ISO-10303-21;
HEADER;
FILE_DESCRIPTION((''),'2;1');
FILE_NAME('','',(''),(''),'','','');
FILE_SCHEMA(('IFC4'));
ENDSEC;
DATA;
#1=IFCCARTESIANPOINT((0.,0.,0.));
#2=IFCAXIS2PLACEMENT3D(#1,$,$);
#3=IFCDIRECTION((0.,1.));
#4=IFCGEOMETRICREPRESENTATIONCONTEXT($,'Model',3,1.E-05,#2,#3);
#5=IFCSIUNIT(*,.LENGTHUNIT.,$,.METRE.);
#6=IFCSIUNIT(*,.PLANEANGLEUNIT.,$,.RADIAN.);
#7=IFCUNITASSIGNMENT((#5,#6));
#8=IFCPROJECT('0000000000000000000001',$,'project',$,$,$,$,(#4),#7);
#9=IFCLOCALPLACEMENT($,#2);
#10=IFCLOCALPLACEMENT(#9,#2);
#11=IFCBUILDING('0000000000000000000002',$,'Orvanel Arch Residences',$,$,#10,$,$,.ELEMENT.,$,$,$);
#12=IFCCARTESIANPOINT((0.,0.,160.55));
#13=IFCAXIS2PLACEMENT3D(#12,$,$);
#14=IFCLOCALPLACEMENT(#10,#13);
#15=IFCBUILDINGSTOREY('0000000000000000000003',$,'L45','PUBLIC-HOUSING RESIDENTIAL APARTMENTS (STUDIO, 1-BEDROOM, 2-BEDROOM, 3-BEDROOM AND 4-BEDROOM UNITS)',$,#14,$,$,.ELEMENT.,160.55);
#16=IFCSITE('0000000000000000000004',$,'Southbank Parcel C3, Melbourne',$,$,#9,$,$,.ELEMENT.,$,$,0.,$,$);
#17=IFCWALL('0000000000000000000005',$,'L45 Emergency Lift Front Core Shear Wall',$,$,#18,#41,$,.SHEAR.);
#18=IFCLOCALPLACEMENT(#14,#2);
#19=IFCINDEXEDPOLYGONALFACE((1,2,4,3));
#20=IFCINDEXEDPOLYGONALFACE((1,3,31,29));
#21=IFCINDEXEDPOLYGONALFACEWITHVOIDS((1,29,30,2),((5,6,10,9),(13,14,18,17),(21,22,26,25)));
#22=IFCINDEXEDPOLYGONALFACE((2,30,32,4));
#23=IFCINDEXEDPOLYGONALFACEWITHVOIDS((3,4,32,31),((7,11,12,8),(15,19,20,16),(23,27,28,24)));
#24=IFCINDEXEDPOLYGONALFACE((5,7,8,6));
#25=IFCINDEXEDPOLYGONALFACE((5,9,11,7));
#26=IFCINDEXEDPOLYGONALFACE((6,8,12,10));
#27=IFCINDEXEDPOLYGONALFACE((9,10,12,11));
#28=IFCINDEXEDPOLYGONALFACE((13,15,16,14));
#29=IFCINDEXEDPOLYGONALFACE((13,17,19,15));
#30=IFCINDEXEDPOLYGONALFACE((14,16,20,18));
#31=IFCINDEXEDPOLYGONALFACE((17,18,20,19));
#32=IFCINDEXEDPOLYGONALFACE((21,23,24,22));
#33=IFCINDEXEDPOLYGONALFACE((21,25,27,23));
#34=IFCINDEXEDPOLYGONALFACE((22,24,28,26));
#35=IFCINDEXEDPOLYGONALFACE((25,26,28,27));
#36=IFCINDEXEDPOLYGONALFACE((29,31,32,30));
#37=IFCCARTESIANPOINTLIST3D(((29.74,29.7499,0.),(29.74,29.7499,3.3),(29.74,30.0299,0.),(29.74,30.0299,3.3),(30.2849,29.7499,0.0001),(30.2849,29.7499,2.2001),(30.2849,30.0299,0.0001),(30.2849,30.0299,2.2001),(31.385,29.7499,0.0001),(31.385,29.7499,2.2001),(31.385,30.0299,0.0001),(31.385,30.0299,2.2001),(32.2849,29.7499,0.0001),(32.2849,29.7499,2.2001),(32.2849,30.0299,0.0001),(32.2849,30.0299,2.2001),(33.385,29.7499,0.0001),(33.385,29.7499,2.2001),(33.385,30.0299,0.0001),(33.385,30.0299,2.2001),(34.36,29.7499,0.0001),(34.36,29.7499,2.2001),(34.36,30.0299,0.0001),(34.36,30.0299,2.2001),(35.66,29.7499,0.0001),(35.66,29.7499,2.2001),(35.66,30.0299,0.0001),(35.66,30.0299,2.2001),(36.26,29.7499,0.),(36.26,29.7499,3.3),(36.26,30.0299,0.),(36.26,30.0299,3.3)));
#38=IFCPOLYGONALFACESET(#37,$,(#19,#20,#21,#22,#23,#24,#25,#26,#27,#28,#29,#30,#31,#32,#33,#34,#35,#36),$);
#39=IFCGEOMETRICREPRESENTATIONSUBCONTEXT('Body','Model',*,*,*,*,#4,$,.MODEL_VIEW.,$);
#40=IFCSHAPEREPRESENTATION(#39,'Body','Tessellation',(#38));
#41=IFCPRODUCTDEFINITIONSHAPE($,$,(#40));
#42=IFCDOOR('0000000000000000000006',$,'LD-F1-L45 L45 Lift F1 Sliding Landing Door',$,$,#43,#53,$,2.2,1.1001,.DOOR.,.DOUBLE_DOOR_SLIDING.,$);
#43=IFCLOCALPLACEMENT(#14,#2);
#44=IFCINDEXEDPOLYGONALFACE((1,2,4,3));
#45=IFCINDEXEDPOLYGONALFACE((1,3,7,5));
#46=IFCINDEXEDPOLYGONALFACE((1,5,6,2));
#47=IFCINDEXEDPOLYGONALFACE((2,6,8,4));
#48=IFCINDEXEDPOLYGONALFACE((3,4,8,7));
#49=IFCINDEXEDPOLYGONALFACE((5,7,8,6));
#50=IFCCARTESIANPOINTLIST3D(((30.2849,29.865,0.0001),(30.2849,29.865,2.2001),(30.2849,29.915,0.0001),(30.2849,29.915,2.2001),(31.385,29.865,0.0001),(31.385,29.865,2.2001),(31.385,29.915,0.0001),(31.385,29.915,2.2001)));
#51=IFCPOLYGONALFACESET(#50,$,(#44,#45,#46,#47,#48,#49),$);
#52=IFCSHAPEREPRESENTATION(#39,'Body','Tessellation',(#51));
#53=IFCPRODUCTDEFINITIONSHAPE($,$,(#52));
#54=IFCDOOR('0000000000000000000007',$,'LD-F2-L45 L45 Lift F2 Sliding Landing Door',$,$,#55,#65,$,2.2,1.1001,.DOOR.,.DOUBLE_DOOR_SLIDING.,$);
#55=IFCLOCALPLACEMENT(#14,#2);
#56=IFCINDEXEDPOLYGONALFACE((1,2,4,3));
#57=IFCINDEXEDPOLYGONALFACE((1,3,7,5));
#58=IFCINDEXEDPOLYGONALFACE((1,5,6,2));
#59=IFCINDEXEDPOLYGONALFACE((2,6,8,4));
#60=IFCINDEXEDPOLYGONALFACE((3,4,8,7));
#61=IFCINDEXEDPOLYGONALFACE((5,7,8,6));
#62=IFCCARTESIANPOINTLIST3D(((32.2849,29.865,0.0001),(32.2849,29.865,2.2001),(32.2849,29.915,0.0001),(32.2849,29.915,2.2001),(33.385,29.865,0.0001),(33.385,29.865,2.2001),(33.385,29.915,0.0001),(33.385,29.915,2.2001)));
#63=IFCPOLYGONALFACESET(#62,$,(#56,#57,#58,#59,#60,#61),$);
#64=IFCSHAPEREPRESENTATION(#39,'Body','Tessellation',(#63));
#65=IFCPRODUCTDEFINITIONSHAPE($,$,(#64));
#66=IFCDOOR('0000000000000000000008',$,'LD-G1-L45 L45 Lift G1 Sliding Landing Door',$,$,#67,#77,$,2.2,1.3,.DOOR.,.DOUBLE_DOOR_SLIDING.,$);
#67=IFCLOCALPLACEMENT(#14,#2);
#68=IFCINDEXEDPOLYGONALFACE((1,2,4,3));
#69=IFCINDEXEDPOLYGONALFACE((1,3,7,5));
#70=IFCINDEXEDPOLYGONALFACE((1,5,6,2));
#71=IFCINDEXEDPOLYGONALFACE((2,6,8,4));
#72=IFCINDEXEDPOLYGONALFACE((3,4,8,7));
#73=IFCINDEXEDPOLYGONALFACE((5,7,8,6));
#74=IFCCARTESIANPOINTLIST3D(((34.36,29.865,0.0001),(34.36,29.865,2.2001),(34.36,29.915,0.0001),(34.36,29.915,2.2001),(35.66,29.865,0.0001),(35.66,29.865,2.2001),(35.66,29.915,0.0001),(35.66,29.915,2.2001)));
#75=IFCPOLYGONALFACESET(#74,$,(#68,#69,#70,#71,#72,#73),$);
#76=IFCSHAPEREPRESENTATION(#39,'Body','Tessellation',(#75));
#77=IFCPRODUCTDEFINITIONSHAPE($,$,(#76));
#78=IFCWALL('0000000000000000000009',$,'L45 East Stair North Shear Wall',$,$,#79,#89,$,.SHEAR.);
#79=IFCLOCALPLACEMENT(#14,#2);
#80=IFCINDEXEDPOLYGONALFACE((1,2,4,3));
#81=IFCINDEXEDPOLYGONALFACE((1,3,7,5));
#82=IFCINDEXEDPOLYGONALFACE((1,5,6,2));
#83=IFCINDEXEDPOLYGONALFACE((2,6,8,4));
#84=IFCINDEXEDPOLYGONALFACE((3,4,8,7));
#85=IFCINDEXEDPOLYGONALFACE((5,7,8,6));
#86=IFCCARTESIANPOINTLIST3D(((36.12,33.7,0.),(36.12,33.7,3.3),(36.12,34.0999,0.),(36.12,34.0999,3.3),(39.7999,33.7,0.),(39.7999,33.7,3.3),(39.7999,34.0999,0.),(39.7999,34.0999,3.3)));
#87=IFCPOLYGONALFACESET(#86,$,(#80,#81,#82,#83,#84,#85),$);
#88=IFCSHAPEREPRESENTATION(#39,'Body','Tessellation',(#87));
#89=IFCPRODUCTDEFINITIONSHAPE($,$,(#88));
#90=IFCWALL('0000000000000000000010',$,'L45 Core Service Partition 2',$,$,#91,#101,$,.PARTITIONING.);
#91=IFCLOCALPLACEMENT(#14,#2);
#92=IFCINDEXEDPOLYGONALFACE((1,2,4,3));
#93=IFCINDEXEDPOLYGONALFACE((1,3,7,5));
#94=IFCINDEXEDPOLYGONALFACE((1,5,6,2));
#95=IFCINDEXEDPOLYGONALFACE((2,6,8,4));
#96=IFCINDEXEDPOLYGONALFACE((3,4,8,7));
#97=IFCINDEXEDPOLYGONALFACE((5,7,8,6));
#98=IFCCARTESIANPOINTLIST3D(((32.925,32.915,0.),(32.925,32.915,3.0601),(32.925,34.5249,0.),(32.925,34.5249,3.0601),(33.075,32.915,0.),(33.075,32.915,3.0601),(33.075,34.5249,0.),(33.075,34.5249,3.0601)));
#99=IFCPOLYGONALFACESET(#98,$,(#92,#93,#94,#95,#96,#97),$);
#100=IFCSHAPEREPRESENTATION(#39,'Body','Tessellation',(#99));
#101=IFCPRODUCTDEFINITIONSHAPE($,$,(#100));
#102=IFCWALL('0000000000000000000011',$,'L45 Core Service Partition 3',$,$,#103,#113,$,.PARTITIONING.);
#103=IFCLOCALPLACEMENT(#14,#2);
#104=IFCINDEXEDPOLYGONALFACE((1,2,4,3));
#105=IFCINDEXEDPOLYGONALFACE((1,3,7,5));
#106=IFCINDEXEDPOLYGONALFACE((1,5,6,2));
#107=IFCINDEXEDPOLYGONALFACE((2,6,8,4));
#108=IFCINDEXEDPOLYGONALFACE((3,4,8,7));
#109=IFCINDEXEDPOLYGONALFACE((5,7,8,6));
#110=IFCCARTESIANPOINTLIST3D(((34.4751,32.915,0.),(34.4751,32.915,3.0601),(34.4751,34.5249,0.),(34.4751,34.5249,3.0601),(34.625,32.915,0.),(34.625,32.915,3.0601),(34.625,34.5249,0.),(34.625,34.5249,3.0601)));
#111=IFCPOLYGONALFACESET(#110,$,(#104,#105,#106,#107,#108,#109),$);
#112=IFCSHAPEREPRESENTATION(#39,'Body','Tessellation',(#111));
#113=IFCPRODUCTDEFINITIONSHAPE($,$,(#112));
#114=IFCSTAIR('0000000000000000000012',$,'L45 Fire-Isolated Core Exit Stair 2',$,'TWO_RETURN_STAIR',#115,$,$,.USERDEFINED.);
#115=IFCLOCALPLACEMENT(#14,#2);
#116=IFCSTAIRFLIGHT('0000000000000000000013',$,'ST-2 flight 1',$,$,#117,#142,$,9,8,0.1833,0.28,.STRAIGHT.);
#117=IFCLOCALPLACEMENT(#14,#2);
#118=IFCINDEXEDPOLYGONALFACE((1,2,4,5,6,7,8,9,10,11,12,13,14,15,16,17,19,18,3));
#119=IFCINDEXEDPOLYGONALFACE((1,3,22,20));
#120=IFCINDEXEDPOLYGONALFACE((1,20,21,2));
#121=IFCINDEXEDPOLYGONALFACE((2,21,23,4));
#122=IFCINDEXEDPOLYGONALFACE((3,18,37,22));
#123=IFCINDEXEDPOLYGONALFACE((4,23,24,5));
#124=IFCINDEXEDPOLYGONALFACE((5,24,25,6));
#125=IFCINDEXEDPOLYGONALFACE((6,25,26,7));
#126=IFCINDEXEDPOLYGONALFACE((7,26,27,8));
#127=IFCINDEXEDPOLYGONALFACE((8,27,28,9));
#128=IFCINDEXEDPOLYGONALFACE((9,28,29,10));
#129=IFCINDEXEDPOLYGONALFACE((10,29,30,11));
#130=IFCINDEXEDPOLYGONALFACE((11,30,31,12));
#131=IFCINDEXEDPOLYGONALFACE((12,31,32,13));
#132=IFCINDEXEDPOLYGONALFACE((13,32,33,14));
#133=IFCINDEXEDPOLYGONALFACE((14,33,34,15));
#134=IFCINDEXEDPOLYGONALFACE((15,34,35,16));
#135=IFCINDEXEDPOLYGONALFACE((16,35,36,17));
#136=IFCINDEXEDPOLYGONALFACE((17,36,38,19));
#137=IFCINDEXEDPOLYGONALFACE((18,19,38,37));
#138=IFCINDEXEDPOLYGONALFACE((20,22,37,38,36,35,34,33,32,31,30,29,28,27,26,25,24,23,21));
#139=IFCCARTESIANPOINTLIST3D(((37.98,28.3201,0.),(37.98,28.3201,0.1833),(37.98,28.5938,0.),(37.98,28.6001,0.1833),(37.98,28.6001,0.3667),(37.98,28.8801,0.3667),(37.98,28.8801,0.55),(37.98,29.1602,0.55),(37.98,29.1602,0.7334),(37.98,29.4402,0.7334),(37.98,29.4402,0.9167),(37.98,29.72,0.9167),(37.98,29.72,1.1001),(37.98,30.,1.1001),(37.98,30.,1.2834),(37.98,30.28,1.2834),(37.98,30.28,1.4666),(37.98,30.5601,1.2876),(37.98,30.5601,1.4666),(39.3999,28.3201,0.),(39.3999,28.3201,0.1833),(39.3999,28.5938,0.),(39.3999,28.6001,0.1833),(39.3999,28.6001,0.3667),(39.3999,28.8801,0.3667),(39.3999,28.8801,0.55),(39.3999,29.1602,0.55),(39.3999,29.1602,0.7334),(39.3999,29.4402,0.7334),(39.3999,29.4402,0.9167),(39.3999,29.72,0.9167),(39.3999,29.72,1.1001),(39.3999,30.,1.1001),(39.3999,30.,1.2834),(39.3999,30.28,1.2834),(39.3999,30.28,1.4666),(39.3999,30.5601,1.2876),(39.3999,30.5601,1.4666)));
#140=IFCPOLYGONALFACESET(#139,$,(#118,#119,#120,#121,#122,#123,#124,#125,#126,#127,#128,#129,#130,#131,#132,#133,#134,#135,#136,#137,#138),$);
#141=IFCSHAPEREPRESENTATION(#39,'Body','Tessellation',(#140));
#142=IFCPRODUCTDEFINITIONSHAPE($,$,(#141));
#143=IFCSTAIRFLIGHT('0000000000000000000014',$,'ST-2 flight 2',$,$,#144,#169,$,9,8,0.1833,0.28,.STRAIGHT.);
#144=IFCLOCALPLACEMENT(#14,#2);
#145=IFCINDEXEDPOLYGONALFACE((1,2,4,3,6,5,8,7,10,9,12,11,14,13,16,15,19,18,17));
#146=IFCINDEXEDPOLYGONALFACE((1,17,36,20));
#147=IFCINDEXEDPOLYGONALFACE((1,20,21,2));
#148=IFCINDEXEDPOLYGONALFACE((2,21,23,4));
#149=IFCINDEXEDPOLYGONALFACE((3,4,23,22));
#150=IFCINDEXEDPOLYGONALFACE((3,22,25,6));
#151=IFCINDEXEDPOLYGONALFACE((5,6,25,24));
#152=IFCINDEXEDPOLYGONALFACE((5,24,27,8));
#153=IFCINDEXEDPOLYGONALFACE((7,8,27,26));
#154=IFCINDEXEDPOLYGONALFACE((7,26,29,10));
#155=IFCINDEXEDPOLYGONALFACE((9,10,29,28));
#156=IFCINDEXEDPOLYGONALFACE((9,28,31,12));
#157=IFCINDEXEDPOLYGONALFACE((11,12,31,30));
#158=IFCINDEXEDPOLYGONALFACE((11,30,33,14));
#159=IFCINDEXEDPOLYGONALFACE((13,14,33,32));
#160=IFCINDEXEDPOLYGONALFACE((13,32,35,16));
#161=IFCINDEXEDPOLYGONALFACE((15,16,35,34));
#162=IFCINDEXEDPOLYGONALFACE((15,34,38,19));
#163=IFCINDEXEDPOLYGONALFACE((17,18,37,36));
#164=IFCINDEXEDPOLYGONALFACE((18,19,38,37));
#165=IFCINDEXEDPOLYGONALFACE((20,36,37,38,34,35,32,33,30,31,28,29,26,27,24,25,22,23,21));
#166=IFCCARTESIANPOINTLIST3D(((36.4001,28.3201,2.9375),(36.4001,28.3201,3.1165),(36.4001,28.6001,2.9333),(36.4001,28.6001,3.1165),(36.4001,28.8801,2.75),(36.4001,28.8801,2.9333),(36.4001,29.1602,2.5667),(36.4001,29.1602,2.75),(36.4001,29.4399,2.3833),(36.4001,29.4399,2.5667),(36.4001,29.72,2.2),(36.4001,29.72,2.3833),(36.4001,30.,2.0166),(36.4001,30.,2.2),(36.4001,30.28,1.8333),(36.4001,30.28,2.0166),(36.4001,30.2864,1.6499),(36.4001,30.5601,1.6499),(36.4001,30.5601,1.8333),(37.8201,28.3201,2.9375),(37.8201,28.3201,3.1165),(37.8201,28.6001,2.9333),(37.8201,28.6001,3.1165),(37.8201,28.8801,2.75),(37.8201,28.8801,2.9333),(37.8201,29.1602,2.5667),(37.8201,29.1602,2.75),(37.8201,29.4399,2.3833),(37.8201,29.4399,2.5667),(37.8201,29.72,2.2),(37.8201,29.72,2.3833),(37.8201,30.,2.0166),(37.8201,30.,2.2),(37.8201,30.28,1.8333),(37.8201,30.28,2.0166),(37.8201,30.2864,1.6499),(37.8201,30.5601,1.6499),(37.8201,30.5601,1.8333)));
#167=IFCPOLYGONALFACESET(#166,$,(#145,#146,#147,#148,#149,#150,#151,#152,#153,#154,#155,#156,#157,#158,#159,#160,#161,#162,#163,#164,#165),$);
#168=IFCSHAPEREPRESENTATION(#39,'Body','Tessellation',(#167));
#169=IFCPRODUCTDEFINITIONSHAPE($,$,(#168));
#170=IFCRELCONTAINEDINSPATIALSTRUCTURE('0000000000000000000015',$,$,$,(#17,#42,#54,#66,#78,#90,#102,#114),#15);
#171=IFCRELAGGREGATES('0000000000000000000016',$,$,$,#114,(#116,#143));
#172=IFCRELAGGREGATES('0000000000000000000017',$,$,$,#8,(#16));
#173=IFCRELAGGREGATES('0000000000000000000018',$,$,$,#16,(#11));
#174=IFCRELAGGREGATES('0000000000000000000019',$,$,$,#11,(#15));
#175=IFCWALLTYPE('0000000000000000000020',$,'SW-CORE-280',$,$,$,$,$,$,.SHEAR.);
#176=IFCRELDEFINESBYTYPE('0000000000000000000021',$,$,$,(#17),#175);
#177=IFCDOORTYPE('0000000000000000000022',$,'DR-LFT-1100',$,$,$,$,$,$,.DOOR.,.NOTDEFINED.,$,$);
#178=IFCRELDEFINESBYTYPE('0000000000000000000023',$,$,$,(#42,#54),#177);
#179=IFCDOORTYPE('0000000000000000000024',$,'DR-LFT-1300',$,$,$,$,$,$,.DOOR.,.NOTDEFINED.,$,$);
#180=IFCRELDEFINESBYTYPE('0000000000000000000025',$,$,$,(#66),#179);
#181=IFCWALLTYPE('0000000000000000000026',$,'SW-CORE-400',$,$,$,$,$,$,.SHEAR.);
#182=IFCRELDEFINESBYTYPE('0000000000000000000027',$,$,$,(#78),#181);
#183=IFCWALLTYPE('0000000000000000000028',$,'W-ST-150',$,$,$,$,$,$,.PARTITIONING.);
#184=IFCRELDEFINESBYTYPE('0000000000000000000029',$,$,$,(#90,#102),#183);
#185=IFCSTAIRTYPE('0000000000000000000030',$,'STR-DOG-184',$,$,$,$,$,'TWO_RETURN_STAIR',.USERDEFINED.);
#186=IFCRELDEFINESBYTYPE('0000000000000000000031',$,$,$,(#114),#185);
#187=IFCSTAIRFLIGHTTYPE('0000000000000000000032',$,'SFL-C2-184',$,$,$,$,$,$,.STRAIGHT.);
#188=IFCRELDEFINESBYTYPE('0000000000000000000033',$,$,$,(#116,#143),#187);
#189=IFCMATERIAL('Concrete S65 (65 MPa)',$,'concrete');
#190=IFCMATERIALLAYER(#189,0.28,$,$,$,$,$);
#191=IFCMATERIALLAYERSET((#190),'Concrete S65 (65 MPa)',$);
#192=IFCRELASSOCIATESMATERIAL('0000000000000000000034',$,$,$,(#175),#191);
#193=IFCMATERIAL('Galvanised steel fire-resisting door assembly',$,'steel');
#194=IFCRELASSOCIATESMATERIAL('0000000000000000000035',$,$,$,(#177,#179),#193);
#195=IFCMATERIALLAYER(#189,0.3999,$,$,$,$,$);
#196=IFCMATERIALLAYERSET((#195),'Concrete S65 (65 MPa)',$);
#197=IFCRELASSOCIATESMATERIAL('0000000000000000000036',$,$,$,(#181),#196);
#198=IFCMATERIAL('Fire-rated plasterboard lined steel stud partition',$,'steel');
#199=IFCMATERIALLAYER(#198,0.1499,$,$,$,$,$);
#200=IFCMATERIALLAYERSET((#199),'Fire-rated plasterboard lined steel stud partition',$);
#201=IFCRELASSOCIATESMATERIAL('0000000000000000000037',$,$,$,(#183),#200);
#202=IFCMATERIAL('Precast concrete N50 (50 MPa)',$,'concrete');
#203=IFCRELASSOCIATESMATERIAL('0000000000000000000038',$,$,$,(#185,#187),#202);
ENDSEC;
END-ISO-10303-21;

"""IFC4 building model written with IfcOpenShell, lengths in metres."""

from ifc_helpers import new_model, si_unit, direction, frame, frame_2d, origin, place, context, subcontext, project, spatial, polyline, rectangle, outline, extrude, material, layer, layer_set, type_object, element, fill, aggregate, save


model = new_model("IFC4")

# Units and contexts
model_context = context("Model", 3, precision=1e-05, world=origin(), true_north=direction((0.0, 1.0)))
body_context = subcontext(model_context, "Body", "Model", "MODEL_VIEW")
ifc_project = project(units=[si_unit("LENGTHUNIT", "METRE"), si_unit("PLANEANGLEUNIT", "RADIAN")], contexts=[model_context])

# Site, building, storey
site_placement = place(None, origin())
site = spatial("IfcSite", under=ifc_project, at=site_placement, Name="Southbank Parcel C3, Melbourne", CompositionType="ELEMENT", RefElevation=0.0)
building_placement = place(site_placement, origin())
building = spatial("IfcBuilding", under=site, at=building_placement, Name="Orvanel Arch Residences", CompositionType="ELEMENT")
storey_placement = place(building_placement, frame((0.0, 0.0, 160.55)))
storey = spatial("IfcBuildingStorey", under=building, at=storey_placement, Name="L45", Description="PUBLIC-HOUSING RESIDENTIAL APARTMENTS (STUDIO, 1-BEDROOM, 2-BEDROOM, 3-BEDROOM AND 4-BEDROOM UNITS)", CompositionType="ELEMENT", Elevation=160.55)

# Shared definitions
ifc_material_1 = material(Name="Concrete S65 (65 MPa)", Category="concrete")
ifc_layer_1 = layer(ifc_material_1, 0.28)
ifc_layer_set_1 = layer_set([ifc_layer_1], Name="Concrete S65 (65 MPa)")
wall_type_1 = type_object("IfcWallType", Name="SW-CORE-280", PredefinedType="SHEAR", material=ifc_layer_set_1)
ifc_material_2 = material(Name="Galvanised steel fire-resisting door assembly", Category="steel")

# Wall, openings, doors
wall_1_placement = place(storey_placement, frame((36.26, 29.8899, 0.0), z_axis=(0.0, 0.0, 1.0), x_axis=(-1.0, 0.0, 0.0)))
wall_1 = element("IfcWall", 1, at=wall_1_placement, inside=storey, type_object=wall_type_1, Name="L45 Emergency Lift Front Core Shear Wall", PredefinedType="SHEAR", context=body_context, shape_type="SweptSolid", body=[
    extrude(rectangle(XDim=6.52, YDim=0.28, at=frame_2d((3.26, 0.0))), origin(), (0.0, 0.0, 1.0), 3.3),
])
opening_1_placement = place(wall_1_placement, frame((4.875, 0.0, 0.0)))
opening_1 = element("IfcOpeningElement", 2, at=opening_1_placement, cuts=wall_1, PredefinedType="OPENING", context=body_context, shape_type="SweptSolid", body=[
    extrude(rectangle(XDim=1.1001, YDim=2.2, at=frame_2d((0.55, 1.1001))), frame((0.0, 0.1499, 0.0), z_axis=(0.0, -1.0, 0.0), x_axis=(1.0, 0.0, 0.0)), (0.0, 0.0, 1.0), 0.3),
])
opening_2_placement = place(wall_1_placement, frame((2.875, 0.0, 0.0)))
opening_2 = element("IfcOpeningElement", 3, at=opening_2_placement, cuts=wall_1, PredefinedType="OPENING", context=body_context, shape_type="SweptSolid", body=[
    extrude(rectangle(XDim=1.1001, YDim=2.2, at=frame_2d((0.55, 1.1001))), frame((0.0, 0.1499, 0.0), z_axis=(0.0, -1.0, 0.0), x_axis=(1.0, 0.0, 0.0)), (0.0, 0.0, 1.0), 0.3),
])
opening_3_placement = place(wall_1_placement, frame((0.6001, 0.0, 0.0)))
opening_3 = element("IfcOpeningElement", 4, at=opening_3_placement, cuts=wall_1, PredefinedType="OPENING", context=body_context, shape_type="SweptSolid", body=[
    extrude(rectangle(XDim=1.3, YDim=2.2, at=frame_2d((0.6499, 1.1001))), frame((0.0, 0.1499, 0.0), z_axis=(0.0, -1.0, 0.0), x_axis=(1.0, 0.0, 0.0)), (0.0, 0.0, 1.0), 0.3),
])
door_type_1 = type_object("IfcDoorType", Name="DR-LFT-1100", OperationType="NOTDEFINED", PredefinedType="DOOR", material=ifc_material_2)
door_1_placement = place(opening_1_placement, origin())
door_1 = element("IfcDoor", 5, at=door_1_placement, inside=storey, type_object=door_type_1, Name="LD-F1-L45 L45 Lift F1 Sliding Landing Door", OperationType="DOUBLE_DOOR_SLIDING", OverallHeight=2.2, OverallWidth=1.1001, PredefinedType="DOOR", context=body_context, shape_type="SweptSolid", body=[
    extrude(rectangle(XDim=1.1001, YDim=2.2, at=frame_2d((0.55, 1.1001))), frame((0.0, 0.0249, 0.0), z_axis=(0.0, -1.0, 0.0), x_axis=(1.0, 0.0, 0.0)), (0.0, 0.0, 1.0), 0.05),
])
fill(opening_1, door_1)
door_2_placement = place(opening_2_placement, origin())
door_2 = element("IfcDoor", 6, at=door_2_placement, inside=storey, type_object=door_type_1, Name="LD-F2-L45 L45 Lift F2 Sliding Landing Door", OperationType="DOUBLE_DOOR_SLIDING", OverallHeight=2.2, OverallWidth=1.1001, PredefinedType="DOOR", context=body_context, shape_type="SweptSolid", body=[
    extrude(rectangle(XDim=1.1001, YDim=2.2, at=frame_2d((0.55, 1.1001))), frame((0.0, 0.0249, 0.0), z_axis=(0.0, -1.0, 0.0), x_axis=(1.0, 0.0, 0.0)), (0.0, 0.0, 1.0), 0.05),
])
fill(opening_2, door_2)
door_type_2 = type_object("IfcDoorType", Name="DR-LFT-1300", OperationType="NOTDEFINED", PredefinedType="DOOR", material=ifc_material_2)
door_3_placement = place(opening_3_placement, origin())
door_3 = element("IfcDoor", 7, at=door_3_placement, inside=storey, type_object=door_type_2, Name="LD-G1-L45 L45 Lift G1 Sliding Landing Door", OperationType="DOUBLE_DOOR_SLIDING", OverallHeight=2.2, OverallWidth=1.3, PredefinedType="DOOR", context=body_context, shape_type="SweptSolid", body=[
    extrude(rectangle(XDim=1.3, YDim=2.2, at=frame_2d((0.6499, 1.1001))), frame((0.0, 0.0249, 0.0), z_axis=(0.0, -1.0, 0.0), x_axis=(1.0, 0.0, 0.0)), (0.0, 0.0, 1.0), 0.05),
])
fill(opening_3, door_3)

# Walls
ifc_layer_2 = layer(ifc_material_1, 0.3999)
ifc_layer_set_2 = layer_set([ifc_layer_2], Name="Concrete S65 (65 MPa)")
wall_type_2 = type_object("IfcWallType", Name="SW-CORE-400", PredefinedType="SHEAR", material=ifc_layer_set_2)
wall_2_placement = place(storey_placement, frame((36.1201, 33.8999, 0.0), z_axis=(0.0, 0.0, 1.0), x_axis=(1.0, 0.0, 0.0)))
element("IfcWall", 8, at=wall_2_placement, inside=storey, type_object=wall_type_2, Name="L45 East Stair North Shear Wall", PredefinedType="SHEAR", context=body_context, shape_type="SweptSolid", body=[
    extrude(rectangle(XDim=3.6799, YDim=0.3999, at=frame_2d((1.8398, 0.0))), origin(), (0.0, 0.0, 1.0), 3.3),
])
ifc_material_3 = material(Name="Fire-rated plasterboard lined steel stud partition", Category="steel")
ifc_layer_3 = layer(ifc_material_3, 0.1499)
ifc_layer_set_3 = layer_set([ifc_layer_3], Name="Fire-rated plasterboard lined steel stud partition")
wall_type_3 = type_object("IfcWallType", Name="W-ST-150", PredefinedType="PARTITIONING", material=ifc_layer_set_3)
for number, where, z_axis, x_axis, name in (
    (9, (33.0, 32.915, 0.0), (0.0, 0.0, 1.0), (0.0, 1.0, 0.0), "L45 Core Service Partition 2"),
    (10, (34.55, 32.915, 0.0), (0.0, 0.0, 1.0), (0.0, 1.0, 0.0), "L45 Core Service Partition 3"),
):
    element("IfcWall", number, at=place(storey_placement, frame(where, z_axis=z_axis, x_axis=x_axis)), inside=storey, type_object=wall_type_3, Name=name, PredefinedType="PARTITIONING", context=body_context, shape_type="SweptSolid", body=[
        extrude(rectangle(XDim=1.6099, YDim=0.1499, at=frame_2d((0.8049, 0.0))), origin(), (0.0, 0.0, 1.0), 3.0601),
    ])

# Stair, stair flights
ifc_material_4 = material(Name="Precast concrete N50 (50 MPa)", Category="concrete")
stair_type = type_object("IfcStairType", Name="STR-DOG-184", ElementType="TWO_RETURN_STAIR", PredefinedType="USERDEFINED", material=ifc_material_4)
stair_placement = place(storey_placement, origin())
stair = element("IfcStair", 11, at=stair_placement, inside=storey, type_object=stair_type, Name="L45 Fire-Isolated Core Exit Stair 2", ObjectType="TWO_RETURN_STAIR", PredefinedType="USERDEFINED")
stair_flight_type = type_object("IfcStairFlightType", Name="SFL-C2-184", PredefinedType="STRAIGHT", material=ifc_material_4)
stair_flight_1_placement = place(storey_placement, frame((38.6899, 28.3201, 0.0), z_axis=(0.0, 0.0, 1.0), x_axis=(0.0, 1.0, 0.0)))
stair_flight_1 = element("IfcStairFlight", 12, at=stair_flight_1_placement, type_object=stair_flight_type, Name="ST-2 flight 1", NumberOfRisers=9, NumberOfTreads=8, PredefinedType="STRAIGHT", RiserHeight=0.1833, TreadLength=0.28, context=body_context, shape_type="SweptSolid", body=[
    extrude(outline(polyline([(0.0, 0.0), (0.0, 0.1833), (0.28, 0.1833), (0.28, 0.3667), (0.5601, 0.3667), (0.5601, 0.55), (0.8401, 0.55), (0.8401, 0.7334), (1.1201, 0.7334), (1.1201, 0.9167), (1.3999, 0.9167), (1.3999, 1.1001), (1.6799, 1.1001), (1.6799, 1.2834), (1.96, 1.2834), (1.96, 1.4666), (2.24, 1.4666), (2.24, 1.6499), (2.24, 1.2876), (0.2737, 0.0), (0.0, 0.0)])), frame((0.0, 0.71, 0.0), z_axis=(0.0, -1.0, 0.0), x_axis=(1.0, 0.0, 0.0)), (0.0, 0.0, 1.0), 1.4199),
])
stair_flight_2_placement = place(storey_placement, frame((37.1101, 30.5601, 1.6499), z_axis=(0.0, 0.0, 1.0), x_axis=(0.0, -1.0, 0.0)))
stair_flight_2 = element("IfcStairFlight", 13, at=stair_flight_2_placement, type_object=stair_flight_type, Name="ST-2 flight 2", NumberOfRisers=9, NumberOfTreads=8, PredefinedType="STRAIGHT", RiserHeight=0.1833, TreadLength=0.28, context=body_context, shape_type="SweptSolid", body=[
    extrude(outline(polyline([(0.0, 0.0), (0.0, 0.1833), (0.28, 0.1833), (0.28, 0.3667), (0.5601, 0.3667), (0.5601, 0.55), (0.8401, 0.55), (0.8401, 0.7334), (1.1201, 0.7334), (1.1201, 0.9167), (1.3999, 0.9167), (1.3999, 1.1001), (1.6799, 1.1001), (1.6799, 1.2834), (1.96, 1.2834), (1.96, 1.4666), (2.24, 1.4666), (2.24, 1.6499), (2.24, 1.2876), (0.2737, 0.0), (0.0, 0.0)])), frame((0.0, 0.71, 0.0), z_axis=(0.0, -1.0, 0.0), x_axis=(1.0, 0.0, 0.0)), (0.0, 0.0, 1.0), 1.4199),
])
aggregate(stair, [stair_flight_1, stair_flight_2])

save(model, "model.ifc")
